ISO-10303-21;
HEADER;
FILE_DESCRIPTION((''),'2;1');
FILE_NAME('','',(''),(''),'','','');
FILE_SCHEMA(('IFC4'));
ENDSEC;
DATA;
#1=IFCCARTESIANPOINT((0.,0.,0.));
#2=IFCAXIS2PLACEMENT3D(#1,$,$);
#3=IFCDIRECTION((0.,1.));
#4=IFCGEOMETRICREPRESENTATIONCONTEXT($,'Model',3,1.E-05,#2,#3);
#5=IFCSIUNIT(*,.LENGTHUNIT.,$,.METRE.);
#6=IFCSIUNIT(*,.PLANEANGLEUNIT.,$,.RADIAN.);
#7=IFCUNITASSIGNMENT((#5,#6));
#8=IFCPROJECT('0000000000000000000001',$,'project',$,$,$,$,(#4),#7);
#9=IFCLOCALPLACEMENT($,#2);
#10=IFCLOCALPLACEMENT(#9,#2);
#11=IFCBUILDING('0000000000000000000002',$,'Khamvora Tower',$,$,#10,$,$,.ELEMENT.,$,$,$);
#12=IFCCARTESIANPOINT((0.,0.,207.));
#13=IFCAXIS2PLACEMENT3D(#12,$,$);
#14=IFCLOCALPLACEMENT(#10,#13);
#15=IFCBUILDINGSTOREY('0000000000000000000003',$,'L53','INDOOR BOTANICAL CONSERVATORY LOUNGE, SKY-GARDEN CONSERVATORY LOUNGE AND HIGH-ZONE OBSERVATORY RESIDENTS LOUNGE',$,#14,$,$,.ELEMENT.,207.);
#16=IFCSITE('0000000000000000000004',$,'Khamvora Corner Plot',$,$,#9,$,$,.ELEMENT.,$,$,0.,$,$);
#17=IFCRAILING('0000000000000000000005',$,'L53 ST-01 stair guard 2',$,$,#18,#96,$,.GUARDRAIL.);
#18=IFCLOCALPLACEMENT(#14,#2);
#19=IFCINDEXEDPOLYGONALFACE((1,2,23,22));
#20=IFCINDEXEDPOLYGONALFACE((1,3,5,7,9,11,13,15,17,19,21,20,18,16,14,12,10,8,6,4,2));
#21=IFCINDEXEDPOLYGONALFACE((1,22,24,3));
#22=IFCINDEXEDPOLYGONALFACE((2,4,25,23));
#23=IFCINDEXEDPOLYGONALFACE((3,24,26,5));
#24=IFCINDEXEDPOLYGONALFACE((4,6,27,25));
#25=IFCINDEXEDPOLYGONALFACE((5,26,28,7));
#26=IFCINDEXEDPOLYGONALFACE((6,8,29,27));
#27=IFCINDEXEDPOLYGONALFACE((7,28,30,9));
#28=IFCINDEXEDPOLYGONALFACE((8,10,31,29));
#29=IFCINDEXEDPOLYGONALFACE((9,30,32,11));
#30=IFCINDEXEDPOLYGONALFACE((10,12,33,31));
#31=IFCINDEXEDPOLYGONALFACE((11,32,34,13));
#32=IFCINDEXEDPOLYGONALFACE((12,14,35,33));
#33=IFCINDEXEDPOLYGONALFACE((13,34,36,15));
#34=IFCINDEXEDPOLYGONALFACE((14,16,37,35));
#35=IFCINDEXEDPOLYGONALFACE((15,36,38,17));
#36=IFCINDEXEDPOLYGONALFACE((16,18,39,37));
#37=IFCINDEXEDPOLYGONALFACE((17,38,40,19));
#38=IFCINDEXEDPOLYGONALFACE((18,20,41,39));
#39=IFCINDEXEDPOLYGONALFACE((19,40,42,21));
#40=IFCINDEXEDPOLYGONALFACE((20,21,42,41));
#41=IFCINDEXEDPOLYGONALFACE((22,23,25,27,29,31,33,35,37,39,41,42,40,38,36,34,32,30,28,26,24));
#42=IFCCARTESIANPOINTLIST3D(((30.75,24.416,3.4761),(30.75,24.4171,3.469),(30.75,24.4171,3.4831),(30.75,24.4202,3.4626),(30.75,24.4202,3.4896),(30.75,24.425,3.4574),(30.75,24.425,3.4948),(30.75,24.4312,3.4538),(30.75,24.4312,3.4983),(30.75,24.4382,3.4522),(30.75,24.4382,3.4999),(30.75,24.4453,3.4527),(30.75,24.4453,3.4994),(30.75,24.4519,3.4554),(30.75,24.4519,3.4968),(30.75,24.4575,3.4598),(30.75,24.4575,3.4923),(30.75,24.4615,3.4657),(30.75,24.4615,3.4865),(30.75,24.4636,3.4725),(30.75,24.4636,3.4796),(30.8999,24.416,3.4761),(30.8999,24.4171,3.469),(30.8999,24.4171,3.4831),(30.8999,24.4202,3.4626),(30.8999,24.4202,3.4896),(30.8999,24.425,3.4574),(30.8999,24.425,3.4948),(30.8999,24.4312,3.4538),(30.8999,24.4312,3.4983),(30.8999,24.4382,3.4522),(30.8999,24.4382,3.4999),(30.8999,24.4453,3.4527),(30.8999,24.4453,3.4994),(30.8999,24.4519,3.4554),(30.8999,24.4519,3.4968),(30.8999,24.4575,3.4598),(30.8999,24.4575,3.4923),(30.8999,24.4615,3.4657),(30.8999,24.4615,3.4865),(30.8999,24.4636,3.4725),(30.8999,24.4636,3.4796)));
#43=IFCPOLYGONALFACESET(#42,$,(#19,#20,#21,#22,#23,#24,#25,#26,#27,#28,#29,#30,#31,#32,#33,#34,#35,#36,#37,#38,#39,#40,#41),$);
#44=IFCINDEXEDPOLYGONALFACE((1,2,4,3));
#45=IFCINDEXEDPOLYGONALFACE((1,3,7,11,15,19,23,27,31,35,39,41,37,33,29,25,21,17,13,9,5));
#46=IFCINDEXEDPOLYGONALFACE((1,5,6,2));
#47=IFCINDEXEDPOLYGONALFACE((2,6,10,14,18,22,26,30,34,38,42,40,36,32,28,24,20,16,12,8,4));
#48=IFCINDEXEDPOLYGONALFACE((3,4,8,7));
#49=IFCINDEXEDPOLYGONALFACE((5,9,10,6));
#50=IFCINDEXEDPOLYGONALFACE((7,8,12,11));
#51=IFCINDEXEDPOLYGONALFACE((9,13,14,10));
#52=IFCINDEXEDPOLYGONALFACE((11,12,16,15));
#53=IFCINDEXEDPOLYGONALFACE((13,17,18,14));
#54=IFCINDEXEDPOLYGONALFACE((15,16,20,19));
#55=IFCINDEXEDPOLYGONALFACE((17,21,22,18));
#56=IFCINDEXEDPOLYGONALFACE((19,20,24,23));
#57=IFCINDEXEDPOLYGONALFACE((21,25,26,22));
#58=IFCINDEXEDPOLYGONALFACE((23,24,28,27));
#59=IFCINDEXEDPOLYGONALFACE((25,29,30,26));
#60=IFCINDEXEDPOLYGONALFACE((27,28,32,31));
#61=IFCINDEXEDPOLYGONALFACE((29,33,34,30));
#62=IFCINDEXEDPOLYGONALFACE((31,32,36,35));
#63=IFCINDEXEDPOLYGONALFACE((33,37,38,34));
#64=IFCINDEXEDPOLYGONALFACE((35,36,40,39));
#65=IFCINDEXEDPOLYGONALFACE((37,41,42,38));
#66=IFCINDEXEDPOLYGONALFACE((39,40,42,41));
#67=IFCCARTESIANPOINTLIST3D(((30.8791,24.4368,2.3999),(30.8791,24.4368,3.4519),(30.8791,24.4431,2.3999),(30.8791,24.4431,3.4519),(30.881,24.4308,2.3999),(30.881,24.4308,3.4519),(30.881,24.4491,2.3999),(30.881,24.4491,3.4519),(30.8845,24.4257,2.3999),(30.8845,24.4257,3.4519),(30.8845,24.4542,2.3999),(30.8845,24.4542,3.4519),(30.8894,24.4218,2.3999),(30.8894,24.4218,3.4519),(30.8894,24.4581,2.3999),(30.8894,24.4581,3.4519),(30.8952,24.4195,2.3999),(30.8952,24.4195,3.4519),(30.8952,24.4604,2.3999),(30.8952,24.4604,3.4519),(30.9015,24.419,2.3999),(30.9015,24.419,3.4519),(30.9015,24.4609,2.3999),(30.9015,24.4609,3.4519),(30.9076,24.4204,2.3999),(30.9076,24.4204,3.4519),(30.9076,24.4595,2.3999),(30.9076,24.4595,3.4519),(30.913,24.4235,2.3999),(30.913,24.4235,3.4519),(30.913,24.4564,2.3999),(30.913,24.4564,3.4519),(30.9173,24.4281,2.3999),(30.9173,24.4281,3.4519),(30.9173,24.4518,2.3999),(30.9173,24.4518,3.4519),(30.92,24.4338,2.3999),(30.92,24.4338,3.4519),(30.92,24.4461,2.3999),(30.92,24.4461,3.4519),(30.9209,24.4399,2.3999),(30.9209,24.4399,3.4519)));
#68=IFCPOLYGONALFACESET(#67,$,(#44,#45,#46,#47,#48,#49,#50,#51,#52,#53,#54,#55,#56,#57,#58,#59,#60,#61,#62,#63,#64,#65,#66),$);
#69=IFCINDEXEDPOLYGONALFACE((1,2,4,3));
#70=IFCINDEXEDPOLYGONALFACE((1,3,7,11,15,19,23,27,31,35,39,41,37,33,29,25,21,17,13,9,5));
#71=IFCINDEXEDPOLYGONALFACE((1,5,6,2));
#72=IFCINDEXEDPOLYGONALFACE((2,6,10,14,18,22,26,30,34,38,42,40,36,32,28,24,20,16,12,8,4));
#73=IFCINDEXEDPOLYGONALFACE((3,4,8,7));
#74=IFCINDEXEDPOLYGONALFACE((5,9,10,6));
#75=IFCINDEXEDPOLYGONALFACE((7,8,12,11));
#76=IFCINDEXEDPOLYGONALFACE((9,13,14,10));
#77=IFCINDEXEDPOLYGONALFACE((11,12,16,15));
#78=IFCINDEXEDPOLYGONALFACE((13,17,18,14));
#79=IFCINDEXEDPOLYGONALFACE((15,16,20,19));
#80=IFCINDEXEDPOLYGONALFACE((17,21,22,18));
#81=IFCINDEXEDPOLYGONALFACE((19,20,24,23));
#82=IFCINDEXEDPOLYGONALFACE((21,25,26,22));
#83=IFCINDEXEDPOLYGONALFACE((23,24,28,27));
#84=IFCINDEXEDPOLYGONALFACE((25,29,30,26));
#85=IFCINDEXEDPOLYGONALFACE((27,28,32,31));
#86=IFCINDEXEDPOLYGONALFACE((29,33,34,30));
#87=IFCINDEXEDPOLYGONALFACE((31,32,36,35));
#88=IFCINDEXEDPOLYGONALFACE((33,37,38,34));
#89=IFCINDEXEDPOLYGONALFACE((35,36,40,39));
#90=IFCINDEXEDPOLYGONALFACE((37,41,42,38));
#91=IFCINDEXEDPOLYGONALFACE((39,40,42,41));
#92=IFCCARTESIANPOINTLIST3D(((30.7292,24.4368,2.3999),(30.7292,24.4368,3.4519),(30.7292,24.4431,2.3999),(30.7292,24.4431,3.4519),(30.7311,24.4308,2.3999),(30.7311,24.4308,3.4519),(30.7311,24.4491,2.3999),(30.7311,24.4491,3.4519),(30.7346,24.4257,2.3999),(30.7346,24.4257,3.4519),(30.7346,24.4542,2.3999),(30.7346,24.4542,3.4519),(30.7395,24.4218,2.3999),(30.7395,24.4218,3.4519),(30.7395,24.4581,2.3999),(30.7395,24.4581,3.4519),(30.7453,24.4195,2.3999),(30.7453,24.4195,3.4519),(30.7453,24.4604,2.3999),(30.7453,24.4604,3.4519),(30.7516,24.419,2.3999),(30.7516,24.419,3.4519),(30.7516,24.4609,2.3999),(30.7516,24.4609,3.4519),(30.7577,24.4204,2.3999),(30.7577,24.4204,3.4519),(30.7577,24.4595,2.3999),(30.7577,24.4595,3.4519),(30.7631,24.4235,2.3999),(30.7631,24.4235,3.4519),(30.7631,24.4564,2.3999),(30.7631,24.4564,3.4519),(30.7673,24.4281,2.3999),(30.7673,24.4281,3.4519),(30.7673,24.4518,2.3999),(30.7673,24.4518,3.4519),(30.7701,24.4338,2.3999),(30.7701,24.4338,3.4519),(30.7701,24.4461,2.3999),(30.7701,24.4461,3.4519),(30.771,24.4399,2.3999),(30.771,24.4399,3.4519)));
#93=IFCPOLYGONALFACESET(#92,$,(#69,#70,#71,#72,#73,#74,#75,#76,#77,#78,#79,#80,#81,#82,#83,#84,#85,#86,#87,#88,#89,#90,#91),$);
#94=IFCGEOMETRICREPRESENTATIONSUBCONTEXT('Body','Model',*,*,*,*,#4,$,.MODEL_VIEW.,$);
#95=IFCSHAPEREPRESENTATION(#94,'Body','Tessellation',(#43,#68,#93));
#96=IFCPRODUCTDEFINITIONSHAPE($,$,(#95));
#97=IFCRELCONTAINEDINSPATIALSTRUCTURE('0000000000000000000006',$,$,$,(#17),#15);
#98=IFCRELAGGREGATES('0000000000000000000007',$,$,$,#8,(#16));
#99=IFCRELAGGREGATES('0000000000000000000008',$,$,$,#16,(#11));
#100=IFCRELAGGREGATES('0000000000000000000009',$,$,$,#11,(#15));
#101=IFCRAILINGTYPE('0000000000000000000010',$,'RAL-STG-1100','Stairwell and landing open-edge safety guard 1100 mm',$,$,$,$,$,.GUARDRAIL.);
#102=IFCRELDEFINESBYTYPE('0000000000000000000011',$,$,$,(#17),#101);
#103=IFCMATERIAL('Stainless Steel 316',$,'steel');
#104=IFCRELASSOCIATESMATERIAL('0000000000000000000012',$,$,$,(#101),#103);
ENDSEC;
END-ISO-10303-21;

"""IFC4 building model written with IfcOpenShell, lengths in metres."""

from ifc_helpers import new_model, si_unit, direction, frame, origin, origin_2d, place, context, subcontext, project, spatial, circle, extrude, material, type_object, element, save


model = new_model("IFC4")

# Units and contexts
model_context = context("Model", 3, precision=1e-05, world=origin(), true_north=direction((0.0, 1.0)))
body_context = subcontext(model_context, "Body", "Model", "MODEL_VIEW")
ifc_project = project(units=[si_unit("LENGTHUNIT", "METRE"), si_unit("PLANEANGLEUNIT", "RADIAN")], contexts=[model_context])

# Site, building, storey
site_placement = place(None, origin())
site = spatial("IfcSite", under=ifc_project, at=site_placement, Name="Khamvora Corner Plot", CompositionType="ELEMENT", RefElevation=0.0)
building_placement = place(site_placement, origin())
building = spatial("IfcBuilding", under=site, at=building_placement, Name="Khamvora Tower", CompositionType="ELEMENT")
storey_placement = place(building_placement, frame((0.0, 0.0, 207.0)))
storey = spatial("IfcBuildingStorey", under=building, at=storey_placement, Name="L53", Description="INDOOR BOTANICAL CONSERVATORY LOUNGE, SKY-GARDEN CONSERVATORY LOUNGE AND HIGH-ZONE OBSERVATORY RESIDENTS LOUNGE", CompositionType="ELEMENT", Elevation=207.0)

# Railing
ifc_material_1 = material(Name="Stainless Steel 316", Category="steel")
railing_type_1 = type_object("IfcRailingType", Name="RAL-STG-1100", Description="Stairwell and landing open-edge safety guard 1100 mm", PredefinedType="GUARDRAIL", material=ifc_material_1)
railing_1_placement = place(storey_placement, frame((30.8999, 24.4399, 2.3999)))
element("IfcRailing", 1, at=railing_1_placement, inside=storey, type_object=railing_type_1, Name="L53 ST-01 stair guard 2", PredefinedType="GUARDRAIL", context=body_context, shape_type="SweptSolid", body=[
    extrude(circle(Radius=0.0239, at=origin_2d()), frame((0.0, 0.0, 1.0762), z_axis=(-1.0, 0.0, 0.0), x_axis=(0.0, -1.0, 0.0)), (0.0, 0.0, 1.0), 0.1499),
    extrude(circle(Radius=0.021, at=origin_2d()), origin(), (0.0, 0.0, 1.0), 1.052),
    extrude(circle(Radius=0.021, at=origin_2d()), frame((-0.1499, 0.0, 0.0)), (0.0, 0.0, 1.0), 1.052),
])

save(model, "model.ifc")
